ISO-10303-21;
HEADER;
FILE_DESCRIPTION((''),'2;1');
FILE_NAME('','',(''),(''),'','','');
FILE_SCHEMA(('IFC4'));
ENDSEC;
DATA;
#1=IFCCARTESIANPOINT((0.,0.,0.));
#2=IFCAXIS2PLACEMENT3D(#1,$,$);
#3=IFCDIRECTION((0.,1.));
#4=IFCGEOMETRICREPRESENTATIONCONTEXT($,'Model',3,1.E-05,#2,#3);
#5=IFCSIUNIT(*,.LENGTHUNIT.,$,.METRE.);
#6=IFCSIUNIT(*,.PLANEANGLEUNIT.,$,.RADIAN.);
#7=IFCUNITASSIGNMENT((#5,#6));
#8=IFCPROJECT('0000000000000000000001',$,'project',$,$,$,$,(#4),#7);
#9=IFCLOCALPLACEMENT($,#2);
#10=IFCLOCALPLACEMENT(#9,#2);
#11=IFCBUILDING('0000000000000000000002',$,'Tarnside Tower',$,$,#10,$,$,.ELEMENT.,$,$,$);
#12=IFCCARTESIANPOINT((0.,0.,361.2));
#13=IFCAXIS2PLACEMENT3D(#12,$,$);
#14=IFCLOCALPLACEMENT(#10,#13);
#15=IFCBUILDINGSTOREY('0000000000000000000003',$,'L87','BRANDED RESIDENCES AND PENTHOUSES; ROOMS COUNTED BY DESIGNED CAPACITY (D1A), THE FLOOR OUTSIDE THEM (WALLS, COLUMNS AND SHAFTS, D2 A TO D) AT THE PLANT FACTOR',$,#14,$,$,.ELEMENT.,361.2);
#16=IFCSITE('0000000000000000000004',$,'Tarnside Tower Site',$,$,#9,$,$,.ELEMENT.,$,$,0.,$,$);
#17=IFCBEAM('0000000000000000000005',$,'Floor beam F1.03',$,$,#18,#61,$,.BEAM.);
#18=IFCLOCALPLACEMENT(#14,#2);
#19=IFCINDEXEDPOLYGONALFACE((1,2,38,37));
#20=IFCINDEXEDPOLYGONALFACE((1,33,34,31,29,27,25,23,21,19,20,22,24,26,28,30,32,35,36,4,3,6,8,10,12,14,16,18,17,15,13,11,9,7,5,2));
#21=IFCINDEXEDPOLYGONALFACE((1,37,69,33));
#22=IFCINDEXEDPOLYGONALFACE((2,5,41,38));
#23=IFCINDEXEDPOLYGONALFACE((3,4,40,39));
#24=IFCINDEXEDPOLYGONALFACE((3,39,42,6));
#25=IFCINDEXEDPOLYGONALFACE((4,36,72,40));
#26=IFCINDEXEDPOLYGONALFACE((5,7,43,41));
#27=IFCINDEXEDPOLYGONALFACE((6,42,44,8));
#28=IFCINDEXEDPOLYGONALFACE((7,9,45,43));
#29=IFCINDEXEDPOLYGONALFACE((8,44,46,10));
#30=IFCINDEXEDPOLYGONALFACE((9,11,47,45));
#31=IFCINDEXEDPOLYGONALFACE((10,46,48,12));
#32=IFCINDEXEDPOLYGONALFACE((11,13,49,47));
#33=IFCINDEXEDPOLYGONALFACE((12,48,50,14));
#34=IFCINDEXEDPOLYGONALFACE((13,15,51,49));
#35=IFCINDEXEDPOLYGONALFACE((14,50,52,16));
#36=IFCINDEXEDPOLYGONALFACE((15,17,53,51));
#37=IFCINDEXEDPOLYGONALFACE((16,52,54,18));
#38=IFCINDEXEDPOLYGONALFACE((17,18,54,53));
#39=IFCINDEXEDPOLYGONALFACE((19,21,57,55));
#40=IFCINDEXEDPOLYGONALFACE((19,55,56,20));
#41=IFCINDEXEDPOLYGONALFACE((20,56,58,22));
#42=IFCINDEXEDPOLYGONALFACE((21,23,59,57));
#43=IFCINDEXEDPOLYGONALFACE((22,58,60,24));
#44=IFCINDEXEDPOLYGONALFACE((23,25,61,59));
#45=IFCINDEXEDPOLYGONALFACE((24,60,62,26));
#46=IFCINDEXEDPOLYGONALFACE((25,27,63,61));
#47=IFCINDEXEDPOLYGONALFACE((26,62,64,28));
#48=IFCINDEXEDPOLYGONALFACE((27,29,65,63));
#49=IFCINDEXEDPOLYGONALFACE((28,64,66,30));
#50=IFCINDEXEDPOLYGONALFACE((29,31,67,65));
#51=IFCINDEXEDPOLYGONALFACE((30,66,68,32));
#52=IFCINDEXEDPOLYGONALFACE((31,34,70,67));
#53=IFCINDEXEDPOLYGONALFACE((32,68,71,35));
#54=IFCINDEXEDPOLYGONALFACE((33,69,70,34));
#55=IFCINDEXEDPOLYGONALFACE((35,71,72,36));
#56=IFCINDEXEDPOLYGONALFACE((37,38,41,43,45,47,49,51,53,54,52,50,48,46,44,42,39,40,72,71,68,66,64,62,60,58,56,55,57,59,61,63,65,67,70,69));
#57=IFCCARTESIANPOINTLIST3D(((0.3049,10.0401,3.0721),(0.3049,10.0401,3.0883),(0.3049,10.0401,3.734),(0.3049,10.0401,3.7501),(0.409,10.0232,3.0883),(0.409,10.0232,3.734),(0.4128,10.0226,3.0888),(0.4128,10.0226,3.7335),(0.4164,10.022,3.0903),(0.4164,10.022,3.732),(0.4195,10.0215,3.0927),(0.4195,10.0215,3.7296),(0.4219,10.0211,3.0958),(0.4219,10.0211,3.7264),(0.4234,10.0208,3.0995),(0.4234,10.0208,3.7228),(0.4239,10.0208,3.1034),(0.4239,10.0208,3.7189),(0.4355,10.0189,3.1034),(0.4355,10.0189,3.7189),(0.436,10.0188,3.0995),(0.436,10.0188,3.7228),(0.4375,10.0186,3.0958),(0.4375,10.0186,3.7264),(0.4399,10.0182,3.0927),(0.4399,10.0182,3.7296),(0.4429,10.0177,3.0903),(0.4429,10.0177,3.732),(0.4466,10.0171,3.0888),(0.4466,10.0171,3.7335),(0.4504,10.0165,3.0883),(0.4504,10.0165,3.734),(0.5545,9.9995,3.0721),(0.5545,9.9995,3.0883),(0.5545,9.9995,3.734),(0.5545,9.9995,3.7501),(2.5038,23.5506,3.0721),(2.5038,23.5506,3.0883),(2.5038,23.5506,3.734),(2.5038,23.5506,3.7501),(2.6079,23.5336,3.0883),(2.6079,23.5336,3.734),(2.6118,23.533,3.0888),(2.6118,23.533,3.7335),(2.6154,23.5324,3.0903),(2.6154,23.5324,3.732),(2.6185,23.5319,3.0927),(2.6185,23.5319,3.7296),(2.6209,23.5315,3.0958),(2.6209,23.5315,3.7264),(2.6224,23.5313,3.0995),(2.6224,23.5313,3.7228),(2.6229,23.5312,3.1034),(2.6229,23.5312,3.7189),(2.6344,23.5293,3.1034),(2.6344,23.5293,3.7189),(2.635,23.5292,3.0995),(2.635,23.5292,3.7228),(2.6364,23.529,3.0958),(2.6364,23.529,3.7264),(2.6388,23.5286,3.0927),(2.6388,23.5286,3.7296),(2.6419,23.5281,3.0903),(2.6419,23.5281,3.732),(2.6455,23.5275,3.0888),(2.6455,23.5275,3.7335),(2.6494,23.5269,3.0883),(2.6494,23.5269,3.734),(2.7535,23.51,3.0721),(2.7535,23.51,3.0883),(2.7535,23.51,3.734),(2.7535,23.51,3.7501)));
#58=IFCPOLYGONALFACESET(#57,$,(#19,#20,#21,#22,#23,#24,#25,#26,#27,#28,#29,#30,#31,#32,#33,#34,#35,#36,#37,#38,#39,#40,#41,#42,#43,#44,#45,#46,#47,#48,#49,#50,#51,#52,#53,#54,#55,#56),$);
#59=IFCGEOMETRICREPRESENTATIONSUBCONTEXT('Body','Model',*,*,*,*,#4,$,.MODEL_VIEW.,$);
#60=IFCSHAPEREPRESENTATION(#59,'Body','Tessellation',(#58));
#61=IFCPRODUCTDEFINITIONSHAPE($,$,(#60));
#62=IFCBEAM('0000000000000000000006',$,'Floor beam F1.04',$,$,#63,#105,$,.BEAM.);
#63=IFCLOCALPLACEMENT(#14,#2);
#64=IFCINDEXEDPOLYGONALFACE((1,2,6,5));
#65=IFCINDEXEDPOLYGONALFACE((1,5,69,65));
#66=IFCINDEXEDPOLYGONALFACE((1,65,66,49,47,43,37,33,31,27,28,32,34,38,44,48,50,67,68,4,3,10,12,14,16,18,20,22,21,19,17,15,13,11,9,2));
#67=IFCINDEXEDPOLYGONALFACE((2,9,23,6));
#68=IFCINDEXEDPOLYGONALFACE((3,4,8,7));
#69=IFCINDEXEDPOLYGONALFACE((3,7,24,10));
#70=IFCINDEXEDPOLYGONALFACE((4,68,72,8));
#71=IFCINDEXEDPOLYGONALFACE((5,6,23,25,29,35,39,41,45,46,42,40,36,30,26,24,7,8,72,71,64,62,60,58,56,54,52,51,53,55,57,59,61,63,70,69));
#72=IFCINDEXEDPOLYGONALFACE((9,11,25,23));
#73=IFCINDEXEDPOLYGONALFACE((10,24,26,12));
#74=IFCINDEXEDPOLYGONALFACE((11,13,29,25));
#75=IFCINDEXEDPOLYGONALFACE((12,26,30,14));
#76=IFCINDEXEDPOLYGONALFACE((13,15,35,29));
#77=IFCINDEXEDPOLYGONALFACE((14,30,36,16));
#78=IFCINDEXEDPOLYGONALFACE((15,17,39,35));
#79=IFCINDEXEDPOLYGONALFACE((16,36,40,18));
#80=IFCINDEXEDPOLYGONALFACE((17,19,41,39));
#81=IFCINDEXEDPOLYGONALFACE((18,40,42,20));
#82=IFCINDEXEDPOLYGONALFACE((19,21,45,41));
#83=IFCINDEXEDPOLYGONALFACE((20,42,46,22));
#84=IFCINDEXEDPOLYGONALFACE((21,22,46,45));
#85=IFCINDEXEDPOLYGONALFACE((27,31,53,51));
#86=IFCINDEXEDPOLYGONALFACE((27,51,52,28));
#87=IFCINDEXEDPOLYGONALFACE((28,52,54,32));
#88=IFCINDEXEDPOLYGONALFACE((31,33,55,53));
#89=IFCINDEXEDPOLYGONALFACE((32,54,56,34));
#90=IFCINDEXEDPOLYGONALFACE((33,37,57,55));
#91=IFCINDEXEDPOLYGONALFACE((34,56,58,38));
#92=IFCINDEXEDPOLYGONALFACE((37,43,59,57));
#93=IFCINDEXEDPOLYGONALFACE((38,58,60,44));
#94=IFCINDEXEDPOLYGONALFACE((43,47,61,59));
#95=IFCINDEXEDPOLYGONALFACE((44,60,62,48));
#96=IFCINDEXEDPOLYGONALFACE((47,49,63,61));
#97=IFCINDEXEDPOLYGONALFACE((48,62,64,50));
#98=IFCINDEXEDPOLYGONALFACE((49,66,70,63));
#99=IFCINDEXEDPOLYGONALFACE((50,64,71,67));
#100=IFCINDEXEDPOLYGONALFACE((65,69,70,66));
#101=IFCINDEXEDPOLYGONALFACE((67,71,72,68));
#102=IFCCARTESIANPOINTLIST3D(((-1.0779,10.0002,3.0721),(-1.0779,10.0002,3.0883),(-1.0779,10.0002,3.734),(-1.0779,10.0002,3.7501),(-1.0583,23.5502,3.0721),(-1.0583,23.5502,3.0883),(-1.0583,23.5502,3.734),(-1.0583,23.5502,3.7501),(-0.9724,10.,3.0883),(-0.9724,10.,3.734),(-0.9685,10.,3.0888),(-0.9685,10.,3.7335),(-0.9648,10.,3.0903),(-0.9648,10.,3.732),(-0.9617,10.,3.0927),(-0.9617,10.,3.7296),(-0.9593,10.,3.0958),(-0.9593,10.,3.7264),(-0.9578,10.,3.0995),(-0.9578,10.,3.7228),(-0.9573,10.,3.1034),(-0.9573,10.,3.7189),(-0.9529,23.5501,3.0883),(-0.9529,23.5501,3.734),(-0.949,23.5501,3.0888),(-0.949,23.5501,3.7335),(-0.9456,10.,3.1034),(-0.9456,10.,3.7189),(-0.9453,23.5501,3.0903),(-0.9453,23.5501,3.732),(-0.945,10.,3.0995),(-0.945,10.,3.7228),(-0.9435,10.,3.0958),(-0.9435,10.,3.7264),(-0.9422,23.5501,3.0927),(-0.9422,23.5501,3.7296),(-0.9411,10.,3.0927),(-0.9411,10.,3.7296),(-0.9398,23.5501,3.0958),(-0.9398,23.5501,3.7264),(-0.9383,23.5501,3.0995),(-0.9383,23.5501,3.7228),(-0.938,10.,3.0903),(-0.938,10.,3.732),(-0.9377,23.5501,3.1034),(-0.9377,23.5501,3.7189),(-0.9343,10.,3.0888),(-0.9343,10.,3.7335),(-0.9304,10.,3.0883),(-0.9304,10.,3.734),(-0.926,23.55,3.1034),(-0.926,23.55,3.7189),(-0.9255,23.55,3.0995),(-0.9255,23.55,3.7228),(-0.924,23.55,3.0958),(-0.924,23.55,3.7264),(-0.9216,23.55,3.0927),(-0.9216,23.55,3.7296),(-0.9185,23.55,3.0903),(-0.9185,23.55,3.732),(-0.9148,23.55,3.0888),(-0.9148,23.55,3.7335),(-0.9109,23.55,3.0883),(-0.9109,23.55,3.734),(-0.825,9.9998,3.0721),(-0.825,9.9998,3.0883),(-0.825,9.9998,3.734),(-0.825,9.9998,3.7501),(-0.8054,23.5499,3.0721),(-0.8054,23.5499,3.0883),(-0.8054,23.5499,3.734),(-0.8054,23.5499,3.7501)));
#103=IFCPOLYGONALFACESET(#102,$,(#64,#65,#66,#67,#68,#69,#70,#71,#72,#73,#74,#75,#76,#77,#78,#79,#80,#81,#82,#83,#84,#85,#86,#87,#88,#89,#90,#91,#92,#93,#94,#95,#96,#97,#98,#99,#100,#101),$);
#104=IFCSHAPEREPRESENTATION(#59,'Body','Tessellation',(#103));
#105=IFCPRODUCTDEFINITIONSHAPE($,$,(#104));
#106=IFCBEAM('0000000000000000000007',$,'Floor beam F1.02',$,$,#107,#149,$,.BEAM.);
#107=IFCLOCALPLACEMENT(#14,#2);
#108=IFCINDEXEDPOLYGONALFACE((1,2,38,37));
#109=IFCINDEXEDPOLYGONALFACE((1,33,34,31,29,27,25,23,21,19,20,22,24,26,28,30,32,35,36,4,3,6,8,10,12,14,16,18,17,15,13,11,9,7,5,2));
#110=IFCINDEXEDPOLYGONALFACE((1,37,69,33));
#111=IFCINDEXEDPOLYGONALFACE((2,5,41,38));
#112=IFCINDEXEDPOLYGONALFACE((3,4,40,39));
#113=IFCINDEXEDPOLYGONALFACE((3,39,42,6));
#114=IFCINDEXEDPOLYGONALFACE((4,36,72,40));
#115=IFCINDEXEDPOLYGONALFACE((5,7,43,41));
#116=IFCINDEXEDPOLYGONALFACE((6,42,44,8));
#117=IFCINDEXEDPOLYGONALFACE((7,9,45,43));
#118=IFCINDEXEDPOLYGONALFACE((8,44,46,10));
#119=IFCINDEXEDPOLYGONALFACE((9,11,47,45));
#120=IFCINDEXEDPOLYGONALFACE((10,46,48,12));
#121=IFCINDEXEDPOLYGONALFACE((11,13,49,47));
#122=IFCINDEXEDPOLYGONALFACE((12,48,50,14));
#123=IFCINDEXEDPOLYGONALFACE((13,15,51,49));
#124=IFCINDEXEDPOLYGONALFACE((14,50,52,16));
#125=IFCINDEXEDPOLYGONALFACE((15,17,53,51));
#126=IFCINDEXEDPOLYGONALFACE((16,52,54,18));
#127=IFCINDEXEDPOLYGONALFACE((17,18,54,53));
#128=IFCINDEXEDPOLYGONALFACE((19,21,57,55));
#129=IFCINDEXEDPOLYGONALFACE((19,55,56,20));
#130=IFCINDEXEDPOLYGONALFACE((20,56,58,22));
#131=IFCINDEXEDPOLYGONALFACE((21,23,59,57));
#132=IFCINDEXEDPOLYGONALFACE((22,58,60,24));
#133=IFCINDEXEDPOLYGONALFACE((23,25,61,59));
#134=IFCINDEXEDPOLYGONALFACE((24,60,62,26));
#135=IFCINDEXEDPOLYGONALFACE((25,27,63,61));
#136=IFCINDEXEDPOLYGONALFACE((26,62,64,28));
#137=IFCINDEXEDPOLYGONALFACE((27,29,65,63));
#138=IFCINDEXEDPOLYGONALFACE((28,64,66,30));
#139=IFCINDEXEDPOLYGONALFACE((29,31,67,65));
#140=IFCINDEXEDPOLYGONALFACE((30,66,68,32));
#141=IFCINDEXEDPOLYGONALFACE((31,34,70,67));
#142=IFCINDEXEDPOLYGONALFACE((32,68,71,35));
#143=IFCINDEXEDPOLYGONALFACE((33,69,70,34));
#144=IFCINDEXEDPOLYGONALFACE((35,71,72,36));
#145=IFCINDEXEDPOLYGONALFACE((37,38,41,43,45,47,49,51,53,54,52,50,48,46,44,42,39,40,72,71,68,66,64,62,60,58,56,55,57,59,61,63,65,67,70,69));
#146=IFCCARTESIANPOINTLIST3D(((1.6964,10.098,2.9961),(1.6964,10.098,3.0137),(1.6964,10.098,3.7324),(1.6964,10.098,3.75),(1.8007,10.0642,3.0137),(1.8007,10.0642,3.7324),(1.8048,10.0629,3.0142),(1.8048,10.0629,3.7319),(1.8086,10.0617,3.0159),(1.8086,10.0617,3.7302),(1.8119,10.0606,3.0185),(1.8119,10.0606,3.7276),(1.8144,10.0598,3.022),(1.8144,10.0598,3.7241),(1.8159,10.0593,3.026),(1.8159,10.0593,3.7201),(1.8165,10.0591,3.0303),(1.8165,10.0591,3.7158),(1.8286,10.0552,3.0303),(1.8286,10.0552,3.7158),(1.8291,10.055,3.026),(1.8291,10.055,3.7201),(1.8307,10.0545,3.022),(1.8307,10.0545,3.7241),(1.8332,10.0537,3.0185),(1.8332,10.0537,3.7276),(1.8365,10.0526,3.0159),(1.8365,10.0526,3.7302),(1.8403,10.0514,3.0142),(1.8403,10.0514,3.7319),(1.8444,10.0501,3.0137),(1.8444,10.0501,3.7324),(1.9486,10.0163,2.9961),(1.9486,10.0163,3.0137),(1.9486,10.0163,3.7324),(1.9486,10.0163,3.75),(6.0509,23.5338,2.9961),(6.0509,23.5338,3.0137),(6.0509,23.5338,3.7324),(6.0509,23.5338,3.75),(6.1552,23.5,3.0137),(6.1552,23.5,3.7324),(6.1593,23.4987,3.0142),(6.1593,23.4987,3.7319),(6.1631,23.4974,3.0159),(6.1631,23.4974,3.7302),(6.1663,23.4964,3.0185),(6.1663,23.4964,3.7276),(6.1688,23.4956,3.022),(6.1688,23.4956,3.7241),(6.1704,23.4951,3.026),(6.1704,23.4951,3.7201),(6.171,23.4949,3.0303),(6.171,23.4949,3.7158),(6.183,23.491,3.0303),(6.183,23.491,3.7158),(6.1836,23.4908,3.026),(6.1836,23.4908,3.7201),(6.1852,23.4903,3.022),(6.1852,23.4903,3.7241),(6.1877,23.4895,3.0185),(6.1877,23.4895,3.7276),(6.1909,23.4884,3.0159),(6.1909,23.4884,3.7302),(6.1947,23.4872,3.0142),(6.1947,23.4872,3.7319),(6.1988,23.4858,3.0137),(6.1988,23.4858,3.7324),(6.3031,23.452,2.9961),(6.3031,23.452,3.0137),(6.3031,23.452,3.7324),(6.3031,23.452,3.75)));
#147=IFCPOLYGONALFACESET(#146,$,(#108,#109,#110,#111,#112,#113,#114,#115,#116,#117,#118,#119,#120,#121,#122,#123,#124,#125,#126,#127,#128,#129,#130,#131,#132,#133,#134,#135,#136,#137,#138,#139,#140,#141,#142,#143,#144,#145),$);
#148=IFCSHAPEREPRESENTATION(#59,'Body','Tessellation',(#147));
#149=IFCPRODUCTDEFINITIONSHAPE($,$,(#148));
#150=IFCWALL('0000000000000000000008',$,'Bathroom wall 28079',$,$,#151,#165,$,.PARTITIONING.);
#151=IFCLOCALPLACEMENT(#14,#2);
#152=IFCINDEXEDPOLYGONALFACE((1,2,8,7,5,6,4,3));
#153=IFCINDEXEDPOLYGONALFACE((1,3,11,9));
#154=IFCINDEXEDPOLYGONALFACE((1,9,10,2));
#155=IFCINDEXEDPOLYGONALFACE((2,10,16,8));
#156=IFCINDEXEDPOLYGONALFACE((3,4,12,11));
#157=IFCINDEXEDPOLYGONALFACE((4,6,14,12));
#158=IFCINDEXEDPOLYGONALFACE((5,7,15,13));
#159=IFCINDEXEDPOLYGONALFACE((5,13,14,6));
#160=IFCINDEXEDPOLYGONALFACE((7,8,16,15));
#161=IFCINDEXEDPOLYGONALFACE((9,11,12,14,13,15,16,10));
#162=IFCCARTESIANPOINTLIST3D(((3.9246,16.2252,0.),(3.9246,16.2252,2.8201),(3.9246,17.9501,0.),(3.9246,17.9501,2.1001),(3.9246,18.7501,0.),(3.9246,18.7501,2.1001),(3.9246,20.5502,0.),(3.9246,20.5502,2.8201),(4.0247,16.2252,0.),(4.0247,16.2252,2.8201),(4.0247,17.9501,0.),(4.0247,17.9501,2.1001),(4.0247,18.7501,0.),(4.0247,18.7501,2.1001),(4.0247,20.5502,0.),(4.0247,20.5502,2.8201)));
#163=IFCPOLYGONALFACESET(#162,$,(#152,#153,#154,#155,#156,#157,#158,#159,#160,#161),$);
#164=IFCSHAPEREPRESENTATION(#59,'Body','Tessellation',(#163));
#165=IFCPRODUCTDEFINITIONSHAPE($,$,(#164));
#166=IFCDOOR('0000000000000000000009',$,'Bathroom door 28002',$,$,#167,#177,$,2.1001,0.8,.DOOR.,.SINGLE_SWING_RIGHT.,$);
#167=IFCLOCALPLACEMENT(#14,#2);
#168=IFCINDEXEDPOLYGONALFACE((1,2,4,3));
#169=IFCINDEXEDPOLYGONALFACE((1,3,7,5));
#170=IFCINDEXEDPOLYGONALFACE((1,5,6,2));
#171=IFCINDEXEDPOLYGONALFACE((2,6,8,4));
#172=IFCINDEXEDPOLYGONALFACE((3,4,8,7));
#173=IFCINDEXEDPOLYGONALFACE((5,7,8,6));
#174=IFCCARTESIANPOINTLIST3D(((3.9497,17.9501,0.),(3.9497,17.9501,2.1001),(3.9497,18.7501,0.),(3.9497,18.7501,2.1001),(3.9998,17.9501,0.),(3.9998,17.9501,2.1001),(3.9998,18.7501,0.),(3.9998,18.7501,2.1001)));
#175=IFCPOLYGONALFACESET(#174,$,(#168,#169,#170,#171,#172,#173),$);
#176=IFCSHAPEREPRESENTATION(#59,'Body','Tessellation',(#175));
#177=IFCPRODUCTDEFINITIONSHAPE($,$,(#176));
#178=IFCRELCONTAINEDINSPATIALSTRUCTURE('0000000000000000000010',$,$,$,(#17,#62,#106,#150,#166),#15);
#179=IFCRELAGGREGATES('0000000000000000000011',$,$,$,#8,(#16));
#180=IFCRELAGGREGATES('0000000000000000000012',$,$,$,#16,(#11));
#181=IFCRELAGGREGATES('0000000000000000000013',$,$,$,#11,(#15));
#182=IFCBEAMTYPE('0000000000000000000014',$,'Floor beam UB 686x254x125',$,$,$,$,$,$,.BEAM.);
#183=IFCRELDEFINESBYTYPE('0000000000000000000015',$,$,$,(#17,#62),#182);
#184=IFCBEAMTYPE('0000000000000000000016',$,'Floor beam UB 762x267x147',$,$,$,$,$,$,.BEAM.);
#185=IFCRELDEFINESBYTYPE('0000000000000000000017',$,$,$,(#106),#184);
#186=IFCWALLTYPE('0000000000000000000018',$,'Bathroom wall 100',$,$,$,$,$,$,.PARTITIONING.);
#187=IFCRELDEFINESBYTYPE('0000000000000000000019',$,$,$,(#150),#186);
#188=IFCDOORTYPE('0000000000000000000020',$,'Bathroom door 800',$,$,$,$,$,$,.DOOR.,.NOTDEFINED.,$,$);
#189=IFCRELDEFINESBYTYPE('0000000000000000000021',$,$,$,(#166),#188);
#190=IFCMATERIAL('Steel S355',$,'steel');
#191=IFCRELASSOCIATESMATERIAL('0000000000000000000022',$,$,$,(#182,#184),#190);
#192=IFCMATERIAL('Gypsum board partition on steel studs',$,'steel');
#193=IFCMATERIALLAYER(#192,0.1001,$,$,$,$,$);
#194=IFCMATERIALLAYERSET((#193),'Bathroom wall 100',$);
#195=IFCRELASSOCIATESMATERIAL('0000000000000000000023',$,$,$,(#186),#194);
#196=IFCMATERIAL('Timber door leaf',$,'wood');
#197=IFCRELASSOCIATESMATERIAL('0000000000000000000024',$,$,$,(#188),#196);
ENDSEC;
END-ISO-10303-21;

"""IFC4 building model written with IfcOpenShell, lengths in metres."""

from ifc_helpers import new_model, si_unit, direction, frame, frame_2d, origin, origin_2d, place, context, subcontext, project, spatial, rectangle, i_section, extrude, material, layer, layer_set, material_profile, profile_set, type_object, element, fill, save


model = new_model("IFC4")

# Units and contexts
model_context = context("Model", 3, precision=1e-05, world=origin(), true_north=direction((0.0, 1.0)))
body_context = subcontext(model_context, "Body", "Model", "MODEL_VIEW")
ifc_project = project(units=[si_unit("LENGTHUNIT", "METRE"), si_unit("PLANEANGLEUNIT", "RADIAN")], contexts=[model_context])

# Site, building, storey
site_placement = place(None, origin())
site = spatial("IfcSite", under=ifc_project, at=site_placement, Name="Tarnside Tower Site", CompositionType="ELEMENT", RefElevation=0.0)
building_placement = place(site_placement, origin())
building = spatial("IfcBuilding", under=site, at=building_placement, Name="Tarnside Tower", CompositionType="ELEMENT")
storey_placement = place(building_placement, frame((0.0, 0.0, 361.2)))
storey = spatial("IfcBuildingStorey", under=building, at=storey_placement, Name="L87", Description="BRANDED RESIDENCES AND PENTHOUSES; ROOMS COUNTED BY DESIGNED CAPACITY (D1A), THE FLOOR OUTSIDE THEM (WALLS, COLUMNS AND SHAFTS, D2 A TO D) AT THE PLANT FACTOR", CompositionType="ELEMENT", Elevation=361.2)

# Beams
ifc_material_1 = material(Name="Steel S355", Category="steel")
ifc_material_profile_1 = material_profile(ifc_material_1, i_section(OverallWidth=0.2529, OverallDepth=0.678, WebThickness=0.0117, FlangeThickness=0.0161, FilletRadius=0.0151, at=origin_2d()), Name="UB 686x254x125")
ifc_profile_set_1 = profile_set([ifc_material_profile_1], Name="Steel S355")
beam_type_1 = type_object("IfcBeamType", Name="Floor beam UB 686x254x125", PredefinedType="BEAM", material=ifc_profile_set_1)
beam_1_placement = place(storey_placement, frame((2.6287, 23.5303, 3.4111), z_axis=(-0.160647, -0.987012, 0.0), x_axis=(0.987012, -0.160647, 0.0)))
element("IfcBeam", 1, at=beam_1_placement, inside=storey, type_object=beam_type_1, Name="Floor beam F1.03", PredefinedType="BEAM", context=body_context, shape_type="SweptSolid", body=[
    extrude(i_section(OverallWidth=0.2529, OverallDepth=0.678, WebThickness=0.0117, FlangeThickness=0.0161, FilletRadius=0.0151, at=origin_2d()), origin(), (0.0, 0.0, 1.0), 13.6882),
])
beam_2_placement = place(storey_placement, frame((-0.9319, 23.55, 3.4111), z_axis=(-0.001441, -0.999999, 0.0), x_axis=(0.999999, -0.001441, 0.0)))
element("IfcBeam", 2, at=beam_2_placement, inside=storey, type_object=beam_type_1, Name="Floor beam F1.04", PredefinedType="BEAM", context=body_context, shape_type="SweptSolid", body=[
    extrude(i_section(OverallWidth=0.2529, OverallDepth=0.678, WebThickness=0.0117, FlangeThickness=0.0161, FilletRadius=0.0151, at=origin_2d()), origin(), (0.0, 0.0, 1.0), 13.55),
])
ifc_material_profile_2 = material_profile(ifc_material_1, i_section(OverallWidth=0.2651, OverallDepth=0.7539, WebThickness=0.0127, FlangeThickness=0.0176, FilletRadius=0.0166, at=origin_2d()), Name="UB 762x267x147")
ifc_profile_set_2 = profile_set([ifc_material_profile_2], Name="Steel S355")
beam_type_2 = type_object("IfcBeamType", Name="Floor beam UB 762x267x147", PredefinedType="BEAM", material=ifc_profile_set_2)
beam_3_placement = place(storey_placement, frame((6.177, 23.4929, 3.373), z_axis=(-0.308309, -0.951286, 0.0), x_axis=(0.951286, -0.308309, 0.0)))
element("IfcBeam", 3, at=beam_3_placement, inside=storey, type_object=beam_type_2, Name="Floor beam F1.02", PredefinedType="BEAM", context=body_context, shape_type="SweptSolid", body=[
    extrude(i_section(OverallWidth=0.2651, OverallDepth=0.7539, WebThickness=0.0127, FlangeThickness=0.0176, FilletRadius=0.0166, at=origin_2d()), origin(), (0.0, 0.0, 1.0), 14.1238),
])

# Wall, opening, door
ifc_material_2 = material(Name="Gypsum board partition on steel studs", Category="steel")
ifc_layer_1 = layer(ifc_material_2, 0.1001)
ifc_layer_set_1 = layer_set([ifc_layer_1], Name="Bathroom wall 100")
wall_type_1 = type_object("IfcWallType", Name="Bathroom wall 100", PredefinedType="PARTITIONING", material=ifc_layer_set_1)
wall_1_placement = place(storey_placement, frame((3.9746, 16.2251, 0.0), z_axis=(0.0, 0.0, 1.0), x_axis=(0.0, 1.0, 0.0)))
wall_1 = element("IfcWall", 4, at=wall_1_placement, inside=storey, type_object=wall_type_1, Name="Bathroom wall 28079", PredefinedType="PARTITIONING", context=body_context, shape_type="SweptSolid", body=[
    extrude(rectangle(XDim=4.325, YDim=0.1001, at=frame_2d((2.1626, 0.0))), origin(), (0.0, 0.0, 1.0), 2.8201),
])
opening_1_placement = place(wall_1_placement, frame((1.7251, 0.0, 0.0)))
opening_1 = element("IfcOpeningElement", 5, at=opening_1_placement, cuts=wall_1, PredefinedType="OPENING", context=body_context, shape_type="SweptSolid", body=[
    extrude(rectangle(XDim=0.8, YDim=2.1001, at=frame_2d((0.3999, 1.05))), frame((0.0, 0.0601, 0.0), z_axis=(0.0, -1.0, 0.0), x_axis=(1.0, 0.0, 0.0)), (0.0, 0.0, 1.0), 0.1201),
])
ifc_material_3 = material(Name="Timber door leaf", Category="wood")
door_type_1 = type_object("IfcDoorType", Name="Bathroom door 800", OperationType="NOTDEFINED", PredefinedType="DOOR", material=ifc_material_3)
door_1_placement = place(opening_1_placement, origin())
door_1 = element("IfcDoor", 6, at=door_1_placement, inside=storey, type_object=door_type_1, Name="Bathroom door 28002", OperationType="SINGLE_SWING_RIGHT", OverallHeight=2.1001, OverallWidth=0.8, PredefinedType="DOOR", context=body_context, shape_type="SweptSolid", body=[
    extrude(rectangle(XDim=0.8, YDim=2.1001, at=frame_2d((0.3999, 1.05))), frame((0.0, 0.0249, 0.0), z_axis=(0.0, -1.0, 0.0), x_axis=(1.0, 0.0, 0.0)), (0.0, 0.0, 1.0), 0.05),
])
fill(opening_1, door_1)

save(model, "model.ifc")
